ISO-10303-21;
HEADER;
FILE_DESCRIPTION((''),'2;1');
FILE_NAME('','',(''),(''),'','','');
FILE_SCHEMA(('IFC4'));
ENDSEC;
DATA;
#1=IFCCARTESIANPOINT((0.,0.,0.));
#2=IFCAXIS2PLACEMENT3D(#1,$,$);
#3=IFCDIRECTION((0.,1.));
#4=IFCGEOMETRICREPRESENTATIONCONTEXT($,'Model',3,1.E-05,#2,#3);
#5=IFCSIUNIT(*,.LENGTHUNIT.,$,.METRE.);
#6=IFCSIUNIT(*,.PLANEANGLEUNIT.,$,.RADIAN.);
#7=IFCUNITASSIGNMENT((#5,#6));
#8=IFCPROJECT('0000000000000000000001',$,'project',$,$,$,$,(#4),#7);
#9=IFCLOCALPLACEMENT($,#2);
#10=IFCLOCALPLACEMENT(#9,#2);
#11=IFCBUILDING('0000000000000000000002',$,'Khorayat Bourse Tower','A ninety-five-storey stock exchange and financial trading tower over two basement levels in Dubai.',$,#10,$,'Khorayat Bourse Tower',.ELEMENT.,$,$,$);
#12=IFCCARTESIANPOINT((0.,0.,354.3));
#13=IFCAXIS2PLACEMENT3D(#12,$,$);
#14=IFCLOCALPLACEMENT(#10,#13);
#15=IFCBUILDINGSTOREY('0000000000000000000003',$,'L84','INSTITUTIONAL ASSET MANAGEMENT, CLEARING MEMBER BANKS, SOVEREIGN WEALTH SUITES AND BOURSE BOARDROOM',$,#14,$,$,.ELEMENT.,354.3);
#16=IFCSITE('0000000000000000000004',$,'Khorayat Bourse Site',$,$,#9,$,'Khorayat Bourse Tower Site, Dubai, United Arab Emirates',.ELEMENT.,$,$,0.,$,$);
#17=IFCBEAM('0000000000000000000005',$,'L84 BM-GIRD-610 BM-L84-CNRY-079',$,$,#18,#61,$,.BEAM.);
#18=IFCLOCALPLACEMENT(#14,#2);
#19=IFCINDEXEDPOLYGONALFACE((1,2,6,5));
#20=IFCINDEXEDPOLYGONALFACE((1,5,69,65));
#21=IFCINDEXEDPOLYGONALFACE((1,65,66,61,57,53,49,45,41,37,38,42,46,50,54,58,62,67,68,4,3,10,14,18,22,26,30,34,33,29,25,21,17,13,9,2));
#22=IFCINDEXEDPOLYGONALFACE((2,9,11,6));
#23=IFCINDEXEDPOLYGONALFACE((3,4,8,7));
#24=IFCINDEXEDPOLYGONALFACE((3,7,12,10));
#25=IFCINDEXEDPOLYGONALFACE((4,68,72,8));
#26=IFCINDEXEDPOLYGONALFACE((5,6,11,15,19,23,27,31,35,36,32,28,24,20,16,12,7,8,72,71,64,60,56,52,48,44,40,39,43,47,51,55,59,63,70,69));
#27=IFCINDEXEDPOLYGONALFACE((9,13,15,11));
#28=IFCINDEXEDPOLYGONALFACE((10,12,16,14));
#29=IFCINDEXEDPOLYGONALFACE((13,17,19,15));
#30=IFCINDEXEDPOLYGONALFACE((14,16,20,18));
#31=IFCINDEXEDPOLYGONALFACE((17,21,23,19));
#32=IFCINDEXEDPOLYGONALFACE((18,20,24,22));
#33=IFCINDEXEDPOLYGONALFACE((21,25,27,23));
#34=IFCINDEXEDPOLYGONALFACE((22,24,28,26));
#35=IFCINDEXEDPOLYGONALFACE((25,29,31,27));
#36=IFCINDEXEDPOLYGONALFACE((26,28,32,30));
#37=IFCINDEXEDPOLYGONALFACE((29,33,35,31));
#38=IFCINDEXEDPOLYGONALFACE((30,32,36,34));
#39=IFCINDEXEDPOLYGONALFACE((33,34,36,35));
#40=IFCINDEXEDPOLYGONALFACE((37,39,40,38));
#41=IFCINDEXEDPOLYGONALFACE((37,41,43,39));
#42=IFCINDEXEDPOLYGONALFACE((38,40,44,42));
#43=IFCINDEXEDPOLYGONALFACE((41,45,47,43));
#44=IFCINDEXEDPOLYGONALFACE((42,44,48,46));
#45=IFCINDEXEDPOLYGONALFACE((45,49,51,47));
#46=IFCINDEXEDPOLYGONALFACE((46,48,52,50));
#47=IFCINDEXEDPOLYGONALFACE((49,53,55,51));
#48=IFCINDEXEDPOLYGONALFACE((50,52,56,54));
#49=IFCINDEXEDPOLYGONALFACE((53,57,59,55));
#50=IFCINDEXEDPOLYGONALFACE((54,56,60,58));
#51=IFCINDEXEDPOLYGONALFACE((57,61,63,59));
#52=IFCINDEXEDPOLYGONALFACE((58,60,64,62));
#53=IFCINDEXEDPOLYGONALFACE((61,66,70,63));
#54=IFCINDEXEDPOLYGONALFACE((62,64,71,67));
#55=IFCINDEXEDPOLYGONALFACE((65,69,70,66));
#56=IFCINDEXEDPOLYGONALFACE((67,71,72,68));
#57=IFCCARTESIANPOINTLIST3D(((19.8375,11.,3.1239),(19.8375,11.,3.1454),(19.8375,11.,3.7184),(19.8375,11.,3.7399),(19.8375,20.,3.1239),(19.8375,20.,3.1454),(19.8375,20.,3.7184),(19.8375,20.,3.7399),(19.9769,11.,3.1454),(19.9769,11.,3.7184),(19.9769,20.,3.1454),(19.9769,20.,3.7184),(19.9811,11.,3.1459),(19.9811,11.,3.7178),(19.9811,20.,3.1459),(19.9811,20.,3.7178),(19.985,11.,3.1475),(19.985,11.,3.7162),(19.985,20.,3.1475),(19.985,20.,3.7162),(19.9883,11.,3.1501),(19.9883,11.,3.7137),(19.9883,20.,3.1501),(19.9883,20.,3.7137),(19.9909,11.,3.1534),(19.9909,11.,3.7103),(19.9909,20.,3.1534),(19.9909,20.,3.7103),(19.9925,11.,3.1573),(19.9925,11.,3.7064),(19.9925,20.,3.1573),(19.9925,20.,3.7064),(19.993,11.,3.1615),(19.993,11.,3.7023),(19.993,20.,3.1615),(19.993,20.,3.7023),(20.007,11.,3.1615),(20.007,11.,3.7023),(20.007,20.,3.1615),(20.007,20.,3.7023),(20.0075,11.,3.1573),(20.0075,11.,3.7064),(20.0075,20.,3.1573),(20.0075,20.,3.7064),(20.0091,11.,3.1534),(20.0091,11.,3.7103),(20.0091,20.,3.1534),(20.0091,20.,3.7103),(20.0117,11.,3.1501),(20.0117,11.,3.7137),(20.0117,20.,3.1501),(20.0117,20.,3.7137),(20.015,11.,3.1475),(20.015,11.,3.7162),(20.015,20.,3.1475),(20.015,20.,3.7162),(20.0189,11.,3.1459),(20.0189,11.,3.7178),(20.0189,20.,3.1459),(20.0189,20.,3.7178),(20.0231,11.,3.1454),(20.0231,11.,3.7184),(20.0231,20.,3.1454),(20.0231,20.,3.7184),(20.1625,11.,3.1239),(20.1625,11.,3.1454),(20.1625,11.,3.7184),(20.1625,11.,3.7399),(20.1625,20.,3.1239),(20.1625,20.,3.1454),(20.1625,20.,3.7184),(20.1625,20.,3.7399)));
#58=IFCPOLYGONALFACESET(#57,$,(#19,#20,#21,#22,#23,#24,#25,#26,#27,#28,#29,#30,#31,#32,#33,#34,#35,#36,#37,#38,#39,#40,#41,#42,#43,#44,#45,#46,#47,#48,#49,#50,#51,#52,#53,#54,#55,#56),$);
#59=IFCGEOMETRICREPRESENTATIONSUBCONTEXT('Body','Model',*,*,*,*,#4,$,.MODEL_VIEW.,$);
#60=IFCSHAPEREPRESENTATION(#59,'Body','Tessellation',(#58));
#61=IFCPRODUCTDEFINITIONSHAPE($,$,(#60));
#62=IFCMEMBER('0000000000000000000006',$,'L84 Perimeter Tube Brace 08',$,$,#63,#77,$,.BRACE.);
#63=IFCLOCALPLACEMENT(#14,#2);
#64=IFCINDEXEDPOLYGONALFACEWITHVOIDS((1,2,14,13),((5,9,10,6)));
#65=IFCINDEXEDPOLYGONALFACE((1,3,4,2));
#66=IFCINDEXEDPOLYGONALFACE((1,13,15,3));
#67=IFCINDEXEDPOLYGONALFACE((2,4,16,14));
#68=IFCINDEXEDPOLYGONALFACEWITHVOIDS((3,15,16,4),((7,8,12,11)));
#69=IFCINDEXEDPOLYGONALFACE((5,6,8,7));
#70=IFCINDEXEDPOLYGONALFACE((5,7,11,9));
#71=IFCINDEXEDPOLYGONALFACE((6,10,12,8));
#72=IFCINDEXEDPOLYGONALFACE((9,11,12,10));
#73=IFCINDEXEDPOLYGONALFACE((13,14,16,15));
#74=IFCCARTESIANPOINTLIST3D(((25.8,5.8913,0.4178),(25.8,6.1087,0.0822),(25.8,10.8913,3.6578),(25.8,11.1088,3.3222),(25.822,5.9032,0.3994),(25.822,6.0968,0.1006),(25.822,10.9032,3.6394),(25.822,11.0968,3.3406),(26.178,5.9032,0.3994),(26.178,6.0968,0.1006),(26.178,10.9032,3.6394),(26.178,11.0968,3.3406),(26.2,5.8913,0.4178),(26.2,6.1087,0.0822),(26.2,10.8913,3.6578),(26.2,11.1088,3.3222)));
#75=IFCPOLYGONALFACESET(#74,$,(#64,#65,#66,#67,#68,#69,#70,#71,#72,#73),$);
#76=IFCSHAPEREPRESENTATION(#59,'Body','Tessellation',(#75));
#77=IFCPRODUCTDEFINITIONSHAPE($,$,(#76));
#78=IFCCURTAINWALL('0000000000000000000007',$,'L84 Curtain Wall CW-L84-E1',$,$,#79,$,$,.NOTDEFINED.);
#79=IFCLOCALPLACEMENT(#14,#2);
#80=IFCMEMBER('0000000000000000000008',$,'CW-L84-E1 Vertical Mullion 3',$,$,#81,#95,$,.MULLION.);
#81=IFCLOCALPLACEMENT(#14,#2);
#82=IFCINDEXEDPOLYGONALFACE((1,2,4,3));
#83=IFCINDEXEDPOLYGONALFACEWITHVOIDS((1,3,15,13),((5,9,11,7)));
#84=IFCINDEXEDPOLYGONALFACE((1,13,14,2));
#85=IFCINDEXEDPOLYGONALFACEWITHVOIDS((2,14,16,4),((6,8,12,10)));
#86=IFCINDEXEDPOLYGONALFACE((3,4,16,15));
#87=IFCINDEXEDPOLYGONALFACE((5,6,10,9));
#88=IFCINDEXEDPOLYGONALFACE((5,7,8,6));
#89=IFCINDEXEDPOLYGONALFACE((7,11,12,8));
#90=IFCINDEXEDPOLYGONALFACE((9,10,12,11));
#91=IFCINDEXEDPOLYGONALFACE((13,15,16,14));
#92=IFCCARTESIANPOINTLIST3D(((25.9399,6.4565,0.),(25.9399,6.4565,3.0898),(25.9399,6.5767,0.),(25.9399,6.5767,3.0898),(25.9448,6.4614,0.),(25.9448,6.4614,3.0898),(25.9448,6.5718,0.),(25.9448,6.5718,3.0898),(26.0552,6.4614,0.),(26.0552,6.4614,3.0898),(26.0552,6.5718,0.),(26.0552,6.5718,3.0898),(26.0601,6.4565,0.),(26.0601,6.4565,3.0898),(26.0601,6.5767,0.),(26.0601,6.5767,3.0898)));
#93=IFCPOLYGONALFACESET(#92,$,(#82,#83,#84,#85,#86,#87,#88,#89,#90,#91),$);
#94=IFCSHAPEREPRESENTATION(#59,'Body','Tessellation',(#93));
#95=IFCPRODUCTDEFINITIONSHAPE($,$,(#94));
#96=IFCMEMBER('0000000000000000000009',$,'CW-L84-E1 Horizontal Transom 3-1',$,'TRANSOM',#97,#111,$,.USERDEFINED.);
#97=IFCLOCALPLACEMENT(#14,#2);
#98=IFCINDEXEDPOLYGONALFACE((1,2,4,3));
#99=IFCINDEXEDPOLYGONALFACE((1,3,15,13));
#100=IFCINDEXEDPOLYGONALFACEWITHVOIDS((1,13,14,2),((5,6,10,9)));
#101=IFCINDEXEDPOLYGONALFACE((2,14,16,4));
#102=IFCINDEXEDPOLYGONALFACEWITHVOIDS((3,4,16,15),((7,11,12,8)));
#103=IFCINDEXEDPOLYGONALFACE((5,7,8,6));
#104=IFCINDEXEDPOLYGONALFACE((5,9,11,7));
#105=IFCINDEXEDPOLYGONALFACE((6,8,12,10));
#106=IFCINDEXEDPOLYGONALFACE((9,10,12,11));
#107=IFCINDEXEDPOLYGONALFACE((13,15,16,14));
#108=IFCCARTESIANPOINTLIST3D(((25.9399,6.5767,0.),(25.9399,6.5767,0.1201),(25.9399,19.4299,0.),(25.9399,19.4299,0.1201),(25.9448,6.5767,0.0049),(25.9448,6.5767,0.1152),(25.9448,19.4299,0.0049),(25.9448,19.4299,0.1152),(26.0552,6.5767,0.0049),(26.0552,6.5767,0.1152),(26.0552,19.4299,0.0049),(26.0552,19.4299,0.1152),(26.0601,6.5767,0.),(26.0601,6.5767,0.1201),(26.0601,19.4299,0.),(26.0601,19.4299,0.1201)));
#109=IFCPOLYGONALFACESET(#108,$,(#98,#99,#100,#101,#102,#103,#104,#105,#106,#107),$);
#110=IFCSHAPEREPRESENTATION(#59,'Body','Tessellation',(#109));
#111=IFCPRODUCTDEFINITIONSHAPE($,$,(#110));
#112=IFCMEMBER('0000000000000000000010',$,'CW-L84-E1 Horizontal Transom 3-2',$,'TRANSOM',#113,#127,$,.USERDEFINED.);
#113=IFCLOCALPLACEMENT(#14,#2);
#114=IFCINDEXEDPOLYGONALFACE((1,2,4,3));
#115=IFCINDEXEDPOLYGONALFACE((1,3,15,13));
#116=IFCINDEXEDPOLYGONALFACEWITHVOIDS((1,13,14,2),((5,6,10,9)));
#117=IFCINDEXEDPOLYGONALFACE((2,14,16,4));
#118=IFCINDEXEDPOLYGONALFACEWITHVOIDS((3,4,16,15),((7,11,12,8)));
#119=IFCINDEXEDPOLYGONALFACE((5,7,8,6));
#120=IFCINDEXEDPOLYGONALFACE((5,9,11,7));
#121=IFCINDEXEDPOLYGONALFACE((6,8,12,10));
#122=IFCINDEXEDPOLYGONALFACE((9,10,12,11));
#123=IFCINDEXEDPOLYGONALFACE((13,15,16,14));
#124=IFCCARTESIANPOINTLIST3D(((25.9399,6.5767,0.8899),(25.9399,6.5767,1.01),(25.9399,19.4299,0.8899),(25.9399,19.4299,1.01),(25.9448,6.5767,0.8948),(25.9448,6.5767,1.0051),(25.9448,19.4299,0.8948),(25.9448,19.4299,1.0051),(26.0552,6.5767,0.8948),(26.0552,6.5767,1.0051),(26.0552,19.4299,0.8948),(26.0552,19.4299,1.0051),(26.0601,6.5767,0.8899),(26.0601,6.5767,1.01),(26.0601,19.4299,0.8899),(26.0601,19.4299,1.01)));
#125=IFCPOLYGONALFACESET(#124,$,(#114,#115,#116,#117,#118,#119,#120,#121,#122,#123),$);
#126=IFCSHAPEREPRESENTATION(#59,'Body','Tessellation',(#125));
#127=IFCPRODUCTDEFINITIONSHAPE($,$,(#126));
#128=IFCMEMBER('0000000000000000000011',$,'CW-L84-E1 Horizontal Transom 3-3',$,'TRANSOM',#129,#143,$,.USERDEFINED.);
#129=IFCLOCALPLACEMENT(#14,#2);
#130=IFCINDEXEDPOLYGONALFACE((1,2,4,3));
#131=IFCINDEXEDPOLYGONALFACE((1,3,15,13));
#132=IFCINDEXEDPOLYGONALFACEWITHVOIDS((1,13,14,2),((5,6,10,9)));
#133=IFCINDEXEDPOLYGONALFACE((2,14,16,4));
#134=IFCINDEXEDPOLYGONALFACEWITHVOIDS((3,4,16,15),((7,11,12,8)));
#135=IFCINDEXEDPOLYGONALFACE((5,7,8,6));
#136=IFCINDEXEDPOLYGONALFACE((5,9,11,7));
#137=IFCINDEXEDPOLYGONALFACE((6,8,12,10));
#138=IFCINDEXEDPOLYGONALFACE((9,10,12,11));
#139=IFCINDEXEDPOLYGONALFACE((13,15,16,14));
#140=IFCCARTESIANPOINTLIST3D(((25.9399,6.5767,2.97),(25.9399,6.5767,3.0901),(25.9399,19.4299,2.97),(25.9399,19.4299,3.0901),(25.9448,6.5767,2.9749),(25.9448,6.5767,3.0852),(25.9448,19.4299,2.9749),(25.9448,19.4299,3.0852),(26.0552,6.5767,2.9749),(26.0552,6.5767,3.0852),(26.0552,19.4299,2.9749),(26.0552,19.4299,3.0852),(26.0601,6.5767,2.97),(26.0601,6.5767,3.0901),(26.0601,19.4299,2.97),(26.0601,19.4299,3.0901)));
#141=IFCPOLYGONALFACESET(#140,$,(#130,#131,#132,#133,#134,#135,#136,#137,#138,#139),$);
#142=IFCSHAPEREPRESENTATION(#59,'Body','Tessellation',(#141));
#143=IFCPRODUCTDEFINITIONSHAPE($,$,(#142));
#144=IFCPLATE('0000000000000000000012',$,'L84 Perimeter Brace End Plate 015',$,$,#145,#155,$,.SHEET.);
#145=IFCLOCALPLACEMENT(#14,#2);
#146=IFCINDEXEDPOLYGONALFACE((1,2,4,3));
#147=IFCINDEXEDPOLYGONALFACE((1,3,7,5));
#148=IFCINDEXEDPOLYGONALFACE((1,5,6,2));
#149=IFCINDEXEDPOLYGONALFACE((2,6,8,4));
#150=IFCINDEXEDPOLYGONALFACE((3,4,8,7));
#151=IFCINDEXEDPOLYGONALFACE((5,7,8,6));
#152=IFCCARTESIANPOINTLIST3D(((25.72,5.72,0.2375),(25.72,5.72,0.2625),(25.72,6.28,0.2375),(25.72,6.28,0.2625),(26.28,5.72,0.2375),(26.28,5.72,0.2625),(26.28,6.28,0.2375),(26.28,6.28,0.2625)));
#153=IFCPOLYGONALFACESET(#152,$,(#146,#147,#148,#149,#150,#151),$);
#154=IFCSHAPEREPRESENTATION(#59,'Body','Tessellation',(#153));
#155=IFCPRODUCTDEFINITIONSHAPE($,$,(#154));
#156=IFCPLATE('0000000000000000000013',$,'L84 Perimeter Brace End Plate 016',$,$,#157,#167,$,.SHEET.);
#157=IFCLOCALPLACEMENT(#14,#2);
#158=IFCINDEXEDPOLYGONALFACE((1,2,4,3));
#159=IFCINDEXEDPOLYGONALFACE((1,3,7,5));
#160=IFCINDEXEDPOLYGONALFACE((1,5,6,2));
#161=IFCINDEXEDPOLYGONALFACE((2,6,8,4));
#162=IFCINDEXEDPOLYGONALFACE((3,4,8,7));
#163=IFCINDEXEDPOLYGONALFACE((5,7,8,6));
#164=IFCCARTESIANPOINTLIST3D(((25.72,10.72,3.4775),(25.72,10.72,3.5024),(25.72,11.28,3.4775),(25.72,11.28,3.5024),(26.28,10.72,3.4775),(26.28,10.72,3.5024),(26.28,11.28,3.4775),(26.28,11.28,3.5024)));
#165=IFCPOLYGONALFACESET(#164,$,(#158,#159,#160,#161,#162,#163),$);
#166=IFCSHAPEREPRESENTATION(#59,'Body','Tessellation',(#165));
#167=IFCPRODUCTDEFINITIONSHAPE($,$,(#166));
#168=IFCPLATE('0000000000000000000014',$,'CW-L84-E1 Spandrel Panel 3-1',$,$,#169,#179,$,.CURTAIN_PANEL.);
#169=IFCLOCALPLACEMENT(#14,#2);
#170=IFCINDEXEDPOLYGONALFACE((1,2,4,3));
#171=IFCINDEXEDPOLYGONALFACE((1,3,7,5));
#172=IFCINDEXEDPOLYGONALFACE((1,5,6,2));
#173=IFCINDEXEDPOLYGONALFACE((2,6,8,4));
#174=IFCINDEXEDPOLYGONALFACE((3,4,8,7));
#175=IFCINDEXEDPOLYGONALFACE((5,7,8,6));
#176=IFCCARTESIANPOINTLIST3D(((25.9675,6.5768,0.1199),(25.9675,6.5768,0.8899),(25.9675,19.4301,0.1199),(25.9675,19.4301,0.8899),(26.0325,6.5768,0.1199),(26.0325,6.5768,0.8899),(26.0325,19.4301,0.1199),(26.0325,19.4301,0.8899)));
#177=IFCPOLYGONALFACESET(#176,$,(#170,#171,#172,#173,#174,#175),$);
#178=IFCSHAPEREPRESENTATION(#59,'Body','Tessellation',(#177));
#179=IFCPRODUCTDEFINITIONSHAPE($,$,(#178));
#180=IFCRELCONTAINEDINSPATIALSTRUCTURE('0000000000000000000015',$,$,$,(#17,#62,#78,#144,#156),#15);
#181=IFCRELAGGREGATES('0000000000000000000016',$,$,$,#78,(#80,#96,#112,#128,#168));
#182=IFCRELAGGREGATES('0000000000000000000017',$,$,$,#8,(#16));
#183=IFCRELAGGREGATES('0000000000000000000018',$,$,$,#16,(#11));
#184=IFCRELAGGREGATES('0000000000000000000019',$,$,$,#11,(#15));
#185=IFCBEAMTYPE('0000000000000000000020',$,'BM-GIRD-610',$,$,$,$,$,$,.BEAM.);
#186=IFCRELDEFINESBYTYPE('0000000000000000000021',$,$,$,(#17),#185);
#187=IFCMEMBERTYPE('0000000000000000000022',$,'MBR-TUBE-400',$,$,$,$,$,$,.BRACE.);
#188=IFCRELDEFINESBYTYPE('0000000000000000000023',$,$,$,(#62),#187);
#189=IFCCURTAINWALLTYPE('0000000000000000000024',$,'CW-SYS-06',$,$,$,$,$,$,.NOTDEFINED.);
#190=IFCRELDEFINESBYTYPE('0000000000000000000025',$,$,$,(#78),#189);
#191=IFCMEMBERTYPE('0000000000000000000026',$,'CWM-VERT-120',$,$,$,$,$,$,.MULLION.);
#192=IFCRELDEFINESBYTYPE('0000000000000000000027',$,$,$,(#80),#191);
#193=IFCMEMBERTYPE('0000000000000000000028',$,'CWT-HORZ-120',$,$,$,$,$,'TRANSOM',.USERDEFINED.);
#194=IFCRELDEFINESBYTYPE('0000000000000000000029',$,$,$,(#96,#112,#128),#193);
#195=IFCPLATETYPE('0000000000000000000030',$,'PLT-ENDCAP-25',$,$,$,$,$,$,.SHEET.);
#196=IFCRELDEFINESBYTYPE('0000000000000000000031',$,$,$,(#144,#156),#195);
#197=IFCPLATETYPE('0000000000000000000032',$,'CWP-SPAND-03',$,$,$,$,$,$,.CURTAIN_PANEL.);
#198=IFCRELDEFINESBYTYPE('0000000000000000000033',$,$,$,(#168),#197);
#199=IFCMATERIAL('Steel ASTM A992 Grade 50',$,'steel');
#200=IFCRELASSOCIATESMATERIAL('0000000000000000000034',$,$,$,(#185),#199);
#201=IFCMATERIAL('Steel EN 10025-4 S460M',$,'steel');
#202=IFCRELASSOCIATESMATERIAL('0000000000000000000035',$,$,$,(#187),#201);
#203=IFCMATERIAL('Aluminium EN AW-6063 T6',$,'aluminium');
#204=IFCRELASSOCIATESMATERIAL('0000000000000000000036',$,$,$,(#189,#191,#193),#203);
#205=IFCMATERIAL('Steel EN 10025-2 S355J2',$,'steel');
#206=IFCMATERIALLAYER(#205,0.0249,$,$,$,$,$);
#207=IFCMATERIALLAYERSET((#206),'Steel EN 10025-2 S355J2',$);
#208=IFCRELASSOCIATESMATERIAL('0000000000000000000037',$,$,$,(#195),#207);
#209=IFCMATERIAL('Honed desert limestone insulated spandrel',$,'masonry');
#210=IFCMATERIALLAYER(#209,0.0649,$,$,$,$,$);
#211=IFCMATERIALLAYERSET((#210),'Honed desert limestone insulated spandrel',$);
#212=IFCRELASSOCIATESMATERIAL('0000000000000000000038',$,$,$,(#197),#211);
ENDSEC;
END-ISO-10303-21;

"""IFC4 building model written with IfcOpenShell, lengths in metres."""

from ifc_helpers import new_model, si_unit, direction, frame, origin, origin_2d, place, context, subcontext, project, spatial, rectangle, hollow_rectangle, i_section, extrude, source, transform, mapped, material, layer, layer_set, material_profile, profile_set, type_object, element, aggregate, save


model = new_model("IFC4")

# Units and contexts
model_context = context("Model", 3, precision=1e-05, world=origin(), true_north=direction((0.0, 1.0)))
body_context = subcontext(model_context, "Body", "Model", "MODEL_VIEW")
ifc_project = project(units=[si_unit("LENGTHUNIT", "METRE"), si_unit("PLANEANGLEUNIT", "RADIAN")], contexts=[model_context])

# Site, building, storey
site_placement = place(None, origin())
site = spatial("IfcSite", under=ifc_project, at=site_placement, Name="Khorayat Bourse Site", LongName="Khorayat Bourse Tower Site, Dubai, United Arab Emirates", CompositionType="ELEMENT", RefElevation=0.0)
building_placement = place(site_placement, origin())
building = spatial("IfcBuilding", under=site, at=building_placement, Name="Khorayat Bourse Tower", Description="A ninety-five-storey stock exchange and financial trading tower over two basement levels in Dubai.", LongName="Khorayat Bourse Tower", CompositionType="ELEMENT")
storey_placement = place(building_placement, frame((0.0, 0.0, 354.3)))
storey = spatial("IfcBuildingStorey", under=building, at=storey_placement, Name="L84", Description="INSTITUTIONAL ASSET MANAGEMENT, CLEARING MEMBER BANKS, SOVEREIGN WEALTH SUITES AND BOURSE BOARDROOM", CompositionType="ELEMENT", Elevation=354.3)

# Shared definitions
ifc_material_1 = material(Name="Steel EN 10025-2 S355J2", Category="steel")

# Beam
ifc_material_2 = material(Name="Steel ASTM A992 Grade 50", Category="steel")
ifc_material_profile_1 = material_profile(ifc_material_2, i_section(OverallWidth=0.325, OverallDepth=0.616, WebThickness=0.0139, FlangeThickness=0.0215, FilletRadius=0.0161, at=origin_2d()), Name="W610X174")
ifc_profile_set_1 = profile_set([ifc_material_profile_1], Name="Steel ASTM A992 Grade 50")
beam_type_1 = type_object("IfcBeamType", Name="BM-GIRD-610", PredefinedType="BEAM", material=ifc_profile_set_1)
shared_shape_1 = source(origin(), body_context, "Body", "SweptSolid", [
    extrude(i_section(OverallWidth=0.325, OverallDepth=0.616, WebThickness=0.0139, FlangeThickness=0.0215, FilletRadius=0.0161, at=origin_2d()), origin(), (0.0, 0.0, 1.0), 9.0),
])
beam_1_placement = place(storey_placement, frame((20.0, 11.0, 3.4319), z_axis=(0.0, 1.0, 0.0), x_axis=(-1.0, 0.0, 0.0)))
element("IfcBeam", 1, at=beam_1_placement, inside=storey, type_object=beam_type_1, Name="L84 BM-GIRD-610 BM-L84-CNRY-079", PredefinedType="BEAM", context=body_context, shape_type="MappedRepresentation", body=[
    mapped(shared_shape_1, transform((0.0, 0.0, 0.0), scale=1.0)),
])

# Member
ifc_material_3 = material(Name="Steel EN 10025-4 S460M", Category="steel")
ifc_material_profile_2 = material_profile(ifc_material_3, hollow_rectangle(XDim=0.3999, YDim=0.3999, WallThickness=0.022, at=origin_2d()), Name="HSS 400x400x22")
ifc_profile_set_2 = profile_set([ifc_material_profile_2], Name="Steel EN 10025-4 S460M")
member_type_1 = type_object("IfcMemberType", Name="MBR-TUBE-400", PredefinedType="BRACE", material=ifc_profile_set_2)
shared_shape_2 = source(origin(), body_context, "Body", "SweptSolid", [
    extrude(hollow_rectangle(XDim=0.3999, YDim=0.3999, WallThickness=0.022, at=origin_2d()), origin(), (0.0, 0.0, 1.0), 5.958),
])
member_1_placement = place(storey_placement, frame((26.0, 6.0, 0.25), z_axis=(0.0, 0.83921, 0.543807), x_axis=(-1.0, 0.0, 0.0)))
element("IfcMember", 2, at=member_1_placement, inside=storey, type_object=member_type_1, Name="L84 Perimeter Tube Brace 08", PredefinedType="BRACE", context=body_context, shape_type="MappedRepresentation", body=[
    mapped(shared_shape_2, transform((0.0, 0.0, 0.0), scale=1.0)),
])

# Curtain wall, members
ifc_material_4 = material(Name="Aluminium EN AW-6063 T6", Category="aluminium")
curtain_wall_type = type_object("IfcCurtainWallType", Name="CW-SYS-06", PredefinedType="NOTDEFINED", material=ifc_material_4)
curtain_wall_placement = place(storey_placement, origin())
curtain_wall = element("IfcCurtainWall", 3, at=curtain_wall_placement, inside=storey, type_object=curtain_wall_type, Name="L84 Curtain Wall CW-L84-E1", PredefinedType="NOTDEFINED")
ifc_material_profile_3 = material_profile(ifc_material_4, hollow_rectangle(XDim=0.1201, YDim=0.1201, WallThickness=0.0049, at=origin_2d()), Name="ALU 120x120x5")
ifc_profile_set_3 = profile_set([ifc_material_profile_3], Name="Aluminium EN AW-6063 T6")
member_type_2 = type_object("IfcMemberType", Name="CWM-VERT-120", PredefinedType="MULLION", material=ifc_profile_set_3)
shared_shape_3 = source(origin(), body_context, "Body", "SweptSolid", [
    extrude(hollow_rectangle(XDim=0.1201, YDim=0.1201, WallThickness=0.0049, at=origin_2d()), origin(), (0.0, 0.0, 1.0), 3.0898),
])
member_2_placement = place(storey_placement, frame((26.0, 6.5166, 0.0), z_axis=(0.0, 0.0, 1.0), x_axis=(-1.0, 0.0, 0.0)))
member_2 = element("IfcMember", 4, at=member_2_placement, type_object=member_type_2, Name="CW-L84-E1 Vertical Mullion 3", PredefinedType="MULLION", context=body_context, shape_type="MappedRepresentation", body=[
    mapped(shared_shape_3, transform((0.0, 0.0, 0.0), scale=1.0)),
])
ifc_material_profile_4 = material_profile(ifc_material_4, hollow_rectangle(XDim=0.1201, YDim=0.1201, WallThickness=0.0049, at=origin_2d()), Name="ALU 120x120x5")
ifc_profile_set_4 = profile_set([ifc_material_profile_4], Name="Aluminium EN AW-6063 T6")
member_type_3 = type_object("IfcMemberType", Name="CWT-HORZ-120", ElementType="TRANSOM", PredefinedType="USERDEFINED", material=ifc_profile_set_4)
shared_shape_4 = source(origin(), body_context, "Body", "SweptSolid", [
    extrude(hollow_rectangle(XDim=0.1201, YDim=0.1201, WallThickness=0.0049, at=origin_2d()), origin(), (0.0, 0.0, 1.0), 12.8533),
])
member_3_placement = place(storey_placement, frame((26.0, 6.5767, 0.0601), z_axis=(0.0, 1.0, 0.0), x_axis=(-1.0, 0.0, 0.0)))
member_3 = element("IfcMember", 5, at=member_3_placement, type_object=member_type_3, Name="CW-L84-E1 Horizontal Transom 3-1", ObjectType="TRANSOM", PredefinedType="USERDEFINED", context=body_context, shape_type="MappedRepresentation", body=[
    mapped(shared_shape_4, transform((0.0, 0.0, 0.0), scale=1.0)),
])
member_4_placement = place(storey_placement, frame((26.0, 6.5767, 0.95), z_axis=(0.0, 1.0, 0.0), x_axis=(-1.0, 0.0, 0.0)))
member_4 = element("IfcMember", 6, at=member_4_placement, type_object=member_type_3, Name="CW-L84-E1 Horizontal Transom 3-2", ObjectType="TRANSOM", PredefinedType="USERDEFINED", context=body_context, shape_type="MappedRepresentation", body=[
    mapped(shared_shape_4, transform((0.0, 0.0, 0.0), scale=1.0)),
])
member_5_placement = place(storey_placement, frame((26.0, 6.5767, 3.03), z_axis=(0.0, 1.0, 0.0), x_axis=(-1.0, 0.0, 0.0)))
member_5 = element("IfcMember", 7, at=member_5_placement, type_object=member_type_3, Name="CW-L84-E1 Horizontal Transom 3-3", ObjectType="TRANSOM", PredefinedType="USERDEFINED", context=body_context, shape_type="MappedRepresentation", body=[
    mapped(shared_shape_4, transform((0.0, 0.0, 0.0), scale=1.0)),
])

# Plates
ifc_layer_1 = layer(ifc_material_1, 0.0249)
ifc_layer_set_1 = layer_set([ifc_layer_1], Name="Steel EN 10025-2 S355J2")
plate_type_1 = type_object("IfcPlateType", Name="PLT-ENDCAP-25", PredefinedType="SHEET", material=ifc_layer_set_1)
shared_shape_5 = source(origin(), body_context, "Body", "SweptSolid", [
    extrude(rectangle(XDim=0.5601, YDim=0.5601, at=origin_2d()), origin(), (0.0, 0.0, 1.0), 0.0249),
])
for number, where, z_axis, x_axis, name in (
    (8, (26.0, 6.0, 0.2375), (0.0, 0.0, 1.0), (1.0, 0.0, 0.0), "L84 Perimeter Brace End Plate 015"),
    (9, (26.0, 11.0, 3.4775), (0.0, 0.0, 1.0), (1.0, 0.0, 0.0), "L84 Perimeter Brace End Plate 016"),
):
    element("IfcPlate", number, at=place(storey_placement, frame(where, z_axis=z_axis, x_axis=x_axis)), inside=storey, type_object=plate_type_1, Name=name, PredefinedType="SHEET", context=body_context, shape_type="MappedRepresentation", body=[
        mapped(shared_shape_5, transform((0.0, 0.0, 0.0), scale=1.0)),
    ])

# Plate
ifc_material_5 = material(Name="Honed desert limestone insulated spandrel", Category="masonry")
ifc_layer_2 = layer(ifc_material_5, 0.0649)
ifc_layer_set_2 = layer_set([ifc_layer_2], Name="Honed desert limestone insulated spandrel")
plate_type_2 = type_object("IfcPlateType", Name="CWP-SPAND-03", PredefinedType="CURTAIN_PANEL", material=ifc_layer_set_2)
shared_shape_6 = source(origin(), body_context, "Body", "SweptSolid", [
    extrude(rectangle(XDim=12.8533, YDim=0.0649, at=origin_2d()), origin(), (0.0, 0.0, 1.0), 0.77),
])
plate_1_placement = place(storey_placement, frame((26.0, 13.0034, 0.1199), z_axis=(0.0, 0.0, 1.0), x_axis=(0.0, 1.0, 0.0)))
plate_1 = element("IfcPlate", 10, at=plate_1_placement, type_object=plate_type_2, Name="CW-L84-E1 Spandrel Panel 3-1", PredefinedType="CURTAIN_PANEL", context=body_context, shape_type="MappedRepresentation", body=[
    mapped(shared_shape_6, transform((0.0, 0.0, 0.0), scale=1.0)),
])
aggregate(curtain_wall, [member_2, member_3, member_4, member_5, plate_1])

save(model, "model.ifc")
